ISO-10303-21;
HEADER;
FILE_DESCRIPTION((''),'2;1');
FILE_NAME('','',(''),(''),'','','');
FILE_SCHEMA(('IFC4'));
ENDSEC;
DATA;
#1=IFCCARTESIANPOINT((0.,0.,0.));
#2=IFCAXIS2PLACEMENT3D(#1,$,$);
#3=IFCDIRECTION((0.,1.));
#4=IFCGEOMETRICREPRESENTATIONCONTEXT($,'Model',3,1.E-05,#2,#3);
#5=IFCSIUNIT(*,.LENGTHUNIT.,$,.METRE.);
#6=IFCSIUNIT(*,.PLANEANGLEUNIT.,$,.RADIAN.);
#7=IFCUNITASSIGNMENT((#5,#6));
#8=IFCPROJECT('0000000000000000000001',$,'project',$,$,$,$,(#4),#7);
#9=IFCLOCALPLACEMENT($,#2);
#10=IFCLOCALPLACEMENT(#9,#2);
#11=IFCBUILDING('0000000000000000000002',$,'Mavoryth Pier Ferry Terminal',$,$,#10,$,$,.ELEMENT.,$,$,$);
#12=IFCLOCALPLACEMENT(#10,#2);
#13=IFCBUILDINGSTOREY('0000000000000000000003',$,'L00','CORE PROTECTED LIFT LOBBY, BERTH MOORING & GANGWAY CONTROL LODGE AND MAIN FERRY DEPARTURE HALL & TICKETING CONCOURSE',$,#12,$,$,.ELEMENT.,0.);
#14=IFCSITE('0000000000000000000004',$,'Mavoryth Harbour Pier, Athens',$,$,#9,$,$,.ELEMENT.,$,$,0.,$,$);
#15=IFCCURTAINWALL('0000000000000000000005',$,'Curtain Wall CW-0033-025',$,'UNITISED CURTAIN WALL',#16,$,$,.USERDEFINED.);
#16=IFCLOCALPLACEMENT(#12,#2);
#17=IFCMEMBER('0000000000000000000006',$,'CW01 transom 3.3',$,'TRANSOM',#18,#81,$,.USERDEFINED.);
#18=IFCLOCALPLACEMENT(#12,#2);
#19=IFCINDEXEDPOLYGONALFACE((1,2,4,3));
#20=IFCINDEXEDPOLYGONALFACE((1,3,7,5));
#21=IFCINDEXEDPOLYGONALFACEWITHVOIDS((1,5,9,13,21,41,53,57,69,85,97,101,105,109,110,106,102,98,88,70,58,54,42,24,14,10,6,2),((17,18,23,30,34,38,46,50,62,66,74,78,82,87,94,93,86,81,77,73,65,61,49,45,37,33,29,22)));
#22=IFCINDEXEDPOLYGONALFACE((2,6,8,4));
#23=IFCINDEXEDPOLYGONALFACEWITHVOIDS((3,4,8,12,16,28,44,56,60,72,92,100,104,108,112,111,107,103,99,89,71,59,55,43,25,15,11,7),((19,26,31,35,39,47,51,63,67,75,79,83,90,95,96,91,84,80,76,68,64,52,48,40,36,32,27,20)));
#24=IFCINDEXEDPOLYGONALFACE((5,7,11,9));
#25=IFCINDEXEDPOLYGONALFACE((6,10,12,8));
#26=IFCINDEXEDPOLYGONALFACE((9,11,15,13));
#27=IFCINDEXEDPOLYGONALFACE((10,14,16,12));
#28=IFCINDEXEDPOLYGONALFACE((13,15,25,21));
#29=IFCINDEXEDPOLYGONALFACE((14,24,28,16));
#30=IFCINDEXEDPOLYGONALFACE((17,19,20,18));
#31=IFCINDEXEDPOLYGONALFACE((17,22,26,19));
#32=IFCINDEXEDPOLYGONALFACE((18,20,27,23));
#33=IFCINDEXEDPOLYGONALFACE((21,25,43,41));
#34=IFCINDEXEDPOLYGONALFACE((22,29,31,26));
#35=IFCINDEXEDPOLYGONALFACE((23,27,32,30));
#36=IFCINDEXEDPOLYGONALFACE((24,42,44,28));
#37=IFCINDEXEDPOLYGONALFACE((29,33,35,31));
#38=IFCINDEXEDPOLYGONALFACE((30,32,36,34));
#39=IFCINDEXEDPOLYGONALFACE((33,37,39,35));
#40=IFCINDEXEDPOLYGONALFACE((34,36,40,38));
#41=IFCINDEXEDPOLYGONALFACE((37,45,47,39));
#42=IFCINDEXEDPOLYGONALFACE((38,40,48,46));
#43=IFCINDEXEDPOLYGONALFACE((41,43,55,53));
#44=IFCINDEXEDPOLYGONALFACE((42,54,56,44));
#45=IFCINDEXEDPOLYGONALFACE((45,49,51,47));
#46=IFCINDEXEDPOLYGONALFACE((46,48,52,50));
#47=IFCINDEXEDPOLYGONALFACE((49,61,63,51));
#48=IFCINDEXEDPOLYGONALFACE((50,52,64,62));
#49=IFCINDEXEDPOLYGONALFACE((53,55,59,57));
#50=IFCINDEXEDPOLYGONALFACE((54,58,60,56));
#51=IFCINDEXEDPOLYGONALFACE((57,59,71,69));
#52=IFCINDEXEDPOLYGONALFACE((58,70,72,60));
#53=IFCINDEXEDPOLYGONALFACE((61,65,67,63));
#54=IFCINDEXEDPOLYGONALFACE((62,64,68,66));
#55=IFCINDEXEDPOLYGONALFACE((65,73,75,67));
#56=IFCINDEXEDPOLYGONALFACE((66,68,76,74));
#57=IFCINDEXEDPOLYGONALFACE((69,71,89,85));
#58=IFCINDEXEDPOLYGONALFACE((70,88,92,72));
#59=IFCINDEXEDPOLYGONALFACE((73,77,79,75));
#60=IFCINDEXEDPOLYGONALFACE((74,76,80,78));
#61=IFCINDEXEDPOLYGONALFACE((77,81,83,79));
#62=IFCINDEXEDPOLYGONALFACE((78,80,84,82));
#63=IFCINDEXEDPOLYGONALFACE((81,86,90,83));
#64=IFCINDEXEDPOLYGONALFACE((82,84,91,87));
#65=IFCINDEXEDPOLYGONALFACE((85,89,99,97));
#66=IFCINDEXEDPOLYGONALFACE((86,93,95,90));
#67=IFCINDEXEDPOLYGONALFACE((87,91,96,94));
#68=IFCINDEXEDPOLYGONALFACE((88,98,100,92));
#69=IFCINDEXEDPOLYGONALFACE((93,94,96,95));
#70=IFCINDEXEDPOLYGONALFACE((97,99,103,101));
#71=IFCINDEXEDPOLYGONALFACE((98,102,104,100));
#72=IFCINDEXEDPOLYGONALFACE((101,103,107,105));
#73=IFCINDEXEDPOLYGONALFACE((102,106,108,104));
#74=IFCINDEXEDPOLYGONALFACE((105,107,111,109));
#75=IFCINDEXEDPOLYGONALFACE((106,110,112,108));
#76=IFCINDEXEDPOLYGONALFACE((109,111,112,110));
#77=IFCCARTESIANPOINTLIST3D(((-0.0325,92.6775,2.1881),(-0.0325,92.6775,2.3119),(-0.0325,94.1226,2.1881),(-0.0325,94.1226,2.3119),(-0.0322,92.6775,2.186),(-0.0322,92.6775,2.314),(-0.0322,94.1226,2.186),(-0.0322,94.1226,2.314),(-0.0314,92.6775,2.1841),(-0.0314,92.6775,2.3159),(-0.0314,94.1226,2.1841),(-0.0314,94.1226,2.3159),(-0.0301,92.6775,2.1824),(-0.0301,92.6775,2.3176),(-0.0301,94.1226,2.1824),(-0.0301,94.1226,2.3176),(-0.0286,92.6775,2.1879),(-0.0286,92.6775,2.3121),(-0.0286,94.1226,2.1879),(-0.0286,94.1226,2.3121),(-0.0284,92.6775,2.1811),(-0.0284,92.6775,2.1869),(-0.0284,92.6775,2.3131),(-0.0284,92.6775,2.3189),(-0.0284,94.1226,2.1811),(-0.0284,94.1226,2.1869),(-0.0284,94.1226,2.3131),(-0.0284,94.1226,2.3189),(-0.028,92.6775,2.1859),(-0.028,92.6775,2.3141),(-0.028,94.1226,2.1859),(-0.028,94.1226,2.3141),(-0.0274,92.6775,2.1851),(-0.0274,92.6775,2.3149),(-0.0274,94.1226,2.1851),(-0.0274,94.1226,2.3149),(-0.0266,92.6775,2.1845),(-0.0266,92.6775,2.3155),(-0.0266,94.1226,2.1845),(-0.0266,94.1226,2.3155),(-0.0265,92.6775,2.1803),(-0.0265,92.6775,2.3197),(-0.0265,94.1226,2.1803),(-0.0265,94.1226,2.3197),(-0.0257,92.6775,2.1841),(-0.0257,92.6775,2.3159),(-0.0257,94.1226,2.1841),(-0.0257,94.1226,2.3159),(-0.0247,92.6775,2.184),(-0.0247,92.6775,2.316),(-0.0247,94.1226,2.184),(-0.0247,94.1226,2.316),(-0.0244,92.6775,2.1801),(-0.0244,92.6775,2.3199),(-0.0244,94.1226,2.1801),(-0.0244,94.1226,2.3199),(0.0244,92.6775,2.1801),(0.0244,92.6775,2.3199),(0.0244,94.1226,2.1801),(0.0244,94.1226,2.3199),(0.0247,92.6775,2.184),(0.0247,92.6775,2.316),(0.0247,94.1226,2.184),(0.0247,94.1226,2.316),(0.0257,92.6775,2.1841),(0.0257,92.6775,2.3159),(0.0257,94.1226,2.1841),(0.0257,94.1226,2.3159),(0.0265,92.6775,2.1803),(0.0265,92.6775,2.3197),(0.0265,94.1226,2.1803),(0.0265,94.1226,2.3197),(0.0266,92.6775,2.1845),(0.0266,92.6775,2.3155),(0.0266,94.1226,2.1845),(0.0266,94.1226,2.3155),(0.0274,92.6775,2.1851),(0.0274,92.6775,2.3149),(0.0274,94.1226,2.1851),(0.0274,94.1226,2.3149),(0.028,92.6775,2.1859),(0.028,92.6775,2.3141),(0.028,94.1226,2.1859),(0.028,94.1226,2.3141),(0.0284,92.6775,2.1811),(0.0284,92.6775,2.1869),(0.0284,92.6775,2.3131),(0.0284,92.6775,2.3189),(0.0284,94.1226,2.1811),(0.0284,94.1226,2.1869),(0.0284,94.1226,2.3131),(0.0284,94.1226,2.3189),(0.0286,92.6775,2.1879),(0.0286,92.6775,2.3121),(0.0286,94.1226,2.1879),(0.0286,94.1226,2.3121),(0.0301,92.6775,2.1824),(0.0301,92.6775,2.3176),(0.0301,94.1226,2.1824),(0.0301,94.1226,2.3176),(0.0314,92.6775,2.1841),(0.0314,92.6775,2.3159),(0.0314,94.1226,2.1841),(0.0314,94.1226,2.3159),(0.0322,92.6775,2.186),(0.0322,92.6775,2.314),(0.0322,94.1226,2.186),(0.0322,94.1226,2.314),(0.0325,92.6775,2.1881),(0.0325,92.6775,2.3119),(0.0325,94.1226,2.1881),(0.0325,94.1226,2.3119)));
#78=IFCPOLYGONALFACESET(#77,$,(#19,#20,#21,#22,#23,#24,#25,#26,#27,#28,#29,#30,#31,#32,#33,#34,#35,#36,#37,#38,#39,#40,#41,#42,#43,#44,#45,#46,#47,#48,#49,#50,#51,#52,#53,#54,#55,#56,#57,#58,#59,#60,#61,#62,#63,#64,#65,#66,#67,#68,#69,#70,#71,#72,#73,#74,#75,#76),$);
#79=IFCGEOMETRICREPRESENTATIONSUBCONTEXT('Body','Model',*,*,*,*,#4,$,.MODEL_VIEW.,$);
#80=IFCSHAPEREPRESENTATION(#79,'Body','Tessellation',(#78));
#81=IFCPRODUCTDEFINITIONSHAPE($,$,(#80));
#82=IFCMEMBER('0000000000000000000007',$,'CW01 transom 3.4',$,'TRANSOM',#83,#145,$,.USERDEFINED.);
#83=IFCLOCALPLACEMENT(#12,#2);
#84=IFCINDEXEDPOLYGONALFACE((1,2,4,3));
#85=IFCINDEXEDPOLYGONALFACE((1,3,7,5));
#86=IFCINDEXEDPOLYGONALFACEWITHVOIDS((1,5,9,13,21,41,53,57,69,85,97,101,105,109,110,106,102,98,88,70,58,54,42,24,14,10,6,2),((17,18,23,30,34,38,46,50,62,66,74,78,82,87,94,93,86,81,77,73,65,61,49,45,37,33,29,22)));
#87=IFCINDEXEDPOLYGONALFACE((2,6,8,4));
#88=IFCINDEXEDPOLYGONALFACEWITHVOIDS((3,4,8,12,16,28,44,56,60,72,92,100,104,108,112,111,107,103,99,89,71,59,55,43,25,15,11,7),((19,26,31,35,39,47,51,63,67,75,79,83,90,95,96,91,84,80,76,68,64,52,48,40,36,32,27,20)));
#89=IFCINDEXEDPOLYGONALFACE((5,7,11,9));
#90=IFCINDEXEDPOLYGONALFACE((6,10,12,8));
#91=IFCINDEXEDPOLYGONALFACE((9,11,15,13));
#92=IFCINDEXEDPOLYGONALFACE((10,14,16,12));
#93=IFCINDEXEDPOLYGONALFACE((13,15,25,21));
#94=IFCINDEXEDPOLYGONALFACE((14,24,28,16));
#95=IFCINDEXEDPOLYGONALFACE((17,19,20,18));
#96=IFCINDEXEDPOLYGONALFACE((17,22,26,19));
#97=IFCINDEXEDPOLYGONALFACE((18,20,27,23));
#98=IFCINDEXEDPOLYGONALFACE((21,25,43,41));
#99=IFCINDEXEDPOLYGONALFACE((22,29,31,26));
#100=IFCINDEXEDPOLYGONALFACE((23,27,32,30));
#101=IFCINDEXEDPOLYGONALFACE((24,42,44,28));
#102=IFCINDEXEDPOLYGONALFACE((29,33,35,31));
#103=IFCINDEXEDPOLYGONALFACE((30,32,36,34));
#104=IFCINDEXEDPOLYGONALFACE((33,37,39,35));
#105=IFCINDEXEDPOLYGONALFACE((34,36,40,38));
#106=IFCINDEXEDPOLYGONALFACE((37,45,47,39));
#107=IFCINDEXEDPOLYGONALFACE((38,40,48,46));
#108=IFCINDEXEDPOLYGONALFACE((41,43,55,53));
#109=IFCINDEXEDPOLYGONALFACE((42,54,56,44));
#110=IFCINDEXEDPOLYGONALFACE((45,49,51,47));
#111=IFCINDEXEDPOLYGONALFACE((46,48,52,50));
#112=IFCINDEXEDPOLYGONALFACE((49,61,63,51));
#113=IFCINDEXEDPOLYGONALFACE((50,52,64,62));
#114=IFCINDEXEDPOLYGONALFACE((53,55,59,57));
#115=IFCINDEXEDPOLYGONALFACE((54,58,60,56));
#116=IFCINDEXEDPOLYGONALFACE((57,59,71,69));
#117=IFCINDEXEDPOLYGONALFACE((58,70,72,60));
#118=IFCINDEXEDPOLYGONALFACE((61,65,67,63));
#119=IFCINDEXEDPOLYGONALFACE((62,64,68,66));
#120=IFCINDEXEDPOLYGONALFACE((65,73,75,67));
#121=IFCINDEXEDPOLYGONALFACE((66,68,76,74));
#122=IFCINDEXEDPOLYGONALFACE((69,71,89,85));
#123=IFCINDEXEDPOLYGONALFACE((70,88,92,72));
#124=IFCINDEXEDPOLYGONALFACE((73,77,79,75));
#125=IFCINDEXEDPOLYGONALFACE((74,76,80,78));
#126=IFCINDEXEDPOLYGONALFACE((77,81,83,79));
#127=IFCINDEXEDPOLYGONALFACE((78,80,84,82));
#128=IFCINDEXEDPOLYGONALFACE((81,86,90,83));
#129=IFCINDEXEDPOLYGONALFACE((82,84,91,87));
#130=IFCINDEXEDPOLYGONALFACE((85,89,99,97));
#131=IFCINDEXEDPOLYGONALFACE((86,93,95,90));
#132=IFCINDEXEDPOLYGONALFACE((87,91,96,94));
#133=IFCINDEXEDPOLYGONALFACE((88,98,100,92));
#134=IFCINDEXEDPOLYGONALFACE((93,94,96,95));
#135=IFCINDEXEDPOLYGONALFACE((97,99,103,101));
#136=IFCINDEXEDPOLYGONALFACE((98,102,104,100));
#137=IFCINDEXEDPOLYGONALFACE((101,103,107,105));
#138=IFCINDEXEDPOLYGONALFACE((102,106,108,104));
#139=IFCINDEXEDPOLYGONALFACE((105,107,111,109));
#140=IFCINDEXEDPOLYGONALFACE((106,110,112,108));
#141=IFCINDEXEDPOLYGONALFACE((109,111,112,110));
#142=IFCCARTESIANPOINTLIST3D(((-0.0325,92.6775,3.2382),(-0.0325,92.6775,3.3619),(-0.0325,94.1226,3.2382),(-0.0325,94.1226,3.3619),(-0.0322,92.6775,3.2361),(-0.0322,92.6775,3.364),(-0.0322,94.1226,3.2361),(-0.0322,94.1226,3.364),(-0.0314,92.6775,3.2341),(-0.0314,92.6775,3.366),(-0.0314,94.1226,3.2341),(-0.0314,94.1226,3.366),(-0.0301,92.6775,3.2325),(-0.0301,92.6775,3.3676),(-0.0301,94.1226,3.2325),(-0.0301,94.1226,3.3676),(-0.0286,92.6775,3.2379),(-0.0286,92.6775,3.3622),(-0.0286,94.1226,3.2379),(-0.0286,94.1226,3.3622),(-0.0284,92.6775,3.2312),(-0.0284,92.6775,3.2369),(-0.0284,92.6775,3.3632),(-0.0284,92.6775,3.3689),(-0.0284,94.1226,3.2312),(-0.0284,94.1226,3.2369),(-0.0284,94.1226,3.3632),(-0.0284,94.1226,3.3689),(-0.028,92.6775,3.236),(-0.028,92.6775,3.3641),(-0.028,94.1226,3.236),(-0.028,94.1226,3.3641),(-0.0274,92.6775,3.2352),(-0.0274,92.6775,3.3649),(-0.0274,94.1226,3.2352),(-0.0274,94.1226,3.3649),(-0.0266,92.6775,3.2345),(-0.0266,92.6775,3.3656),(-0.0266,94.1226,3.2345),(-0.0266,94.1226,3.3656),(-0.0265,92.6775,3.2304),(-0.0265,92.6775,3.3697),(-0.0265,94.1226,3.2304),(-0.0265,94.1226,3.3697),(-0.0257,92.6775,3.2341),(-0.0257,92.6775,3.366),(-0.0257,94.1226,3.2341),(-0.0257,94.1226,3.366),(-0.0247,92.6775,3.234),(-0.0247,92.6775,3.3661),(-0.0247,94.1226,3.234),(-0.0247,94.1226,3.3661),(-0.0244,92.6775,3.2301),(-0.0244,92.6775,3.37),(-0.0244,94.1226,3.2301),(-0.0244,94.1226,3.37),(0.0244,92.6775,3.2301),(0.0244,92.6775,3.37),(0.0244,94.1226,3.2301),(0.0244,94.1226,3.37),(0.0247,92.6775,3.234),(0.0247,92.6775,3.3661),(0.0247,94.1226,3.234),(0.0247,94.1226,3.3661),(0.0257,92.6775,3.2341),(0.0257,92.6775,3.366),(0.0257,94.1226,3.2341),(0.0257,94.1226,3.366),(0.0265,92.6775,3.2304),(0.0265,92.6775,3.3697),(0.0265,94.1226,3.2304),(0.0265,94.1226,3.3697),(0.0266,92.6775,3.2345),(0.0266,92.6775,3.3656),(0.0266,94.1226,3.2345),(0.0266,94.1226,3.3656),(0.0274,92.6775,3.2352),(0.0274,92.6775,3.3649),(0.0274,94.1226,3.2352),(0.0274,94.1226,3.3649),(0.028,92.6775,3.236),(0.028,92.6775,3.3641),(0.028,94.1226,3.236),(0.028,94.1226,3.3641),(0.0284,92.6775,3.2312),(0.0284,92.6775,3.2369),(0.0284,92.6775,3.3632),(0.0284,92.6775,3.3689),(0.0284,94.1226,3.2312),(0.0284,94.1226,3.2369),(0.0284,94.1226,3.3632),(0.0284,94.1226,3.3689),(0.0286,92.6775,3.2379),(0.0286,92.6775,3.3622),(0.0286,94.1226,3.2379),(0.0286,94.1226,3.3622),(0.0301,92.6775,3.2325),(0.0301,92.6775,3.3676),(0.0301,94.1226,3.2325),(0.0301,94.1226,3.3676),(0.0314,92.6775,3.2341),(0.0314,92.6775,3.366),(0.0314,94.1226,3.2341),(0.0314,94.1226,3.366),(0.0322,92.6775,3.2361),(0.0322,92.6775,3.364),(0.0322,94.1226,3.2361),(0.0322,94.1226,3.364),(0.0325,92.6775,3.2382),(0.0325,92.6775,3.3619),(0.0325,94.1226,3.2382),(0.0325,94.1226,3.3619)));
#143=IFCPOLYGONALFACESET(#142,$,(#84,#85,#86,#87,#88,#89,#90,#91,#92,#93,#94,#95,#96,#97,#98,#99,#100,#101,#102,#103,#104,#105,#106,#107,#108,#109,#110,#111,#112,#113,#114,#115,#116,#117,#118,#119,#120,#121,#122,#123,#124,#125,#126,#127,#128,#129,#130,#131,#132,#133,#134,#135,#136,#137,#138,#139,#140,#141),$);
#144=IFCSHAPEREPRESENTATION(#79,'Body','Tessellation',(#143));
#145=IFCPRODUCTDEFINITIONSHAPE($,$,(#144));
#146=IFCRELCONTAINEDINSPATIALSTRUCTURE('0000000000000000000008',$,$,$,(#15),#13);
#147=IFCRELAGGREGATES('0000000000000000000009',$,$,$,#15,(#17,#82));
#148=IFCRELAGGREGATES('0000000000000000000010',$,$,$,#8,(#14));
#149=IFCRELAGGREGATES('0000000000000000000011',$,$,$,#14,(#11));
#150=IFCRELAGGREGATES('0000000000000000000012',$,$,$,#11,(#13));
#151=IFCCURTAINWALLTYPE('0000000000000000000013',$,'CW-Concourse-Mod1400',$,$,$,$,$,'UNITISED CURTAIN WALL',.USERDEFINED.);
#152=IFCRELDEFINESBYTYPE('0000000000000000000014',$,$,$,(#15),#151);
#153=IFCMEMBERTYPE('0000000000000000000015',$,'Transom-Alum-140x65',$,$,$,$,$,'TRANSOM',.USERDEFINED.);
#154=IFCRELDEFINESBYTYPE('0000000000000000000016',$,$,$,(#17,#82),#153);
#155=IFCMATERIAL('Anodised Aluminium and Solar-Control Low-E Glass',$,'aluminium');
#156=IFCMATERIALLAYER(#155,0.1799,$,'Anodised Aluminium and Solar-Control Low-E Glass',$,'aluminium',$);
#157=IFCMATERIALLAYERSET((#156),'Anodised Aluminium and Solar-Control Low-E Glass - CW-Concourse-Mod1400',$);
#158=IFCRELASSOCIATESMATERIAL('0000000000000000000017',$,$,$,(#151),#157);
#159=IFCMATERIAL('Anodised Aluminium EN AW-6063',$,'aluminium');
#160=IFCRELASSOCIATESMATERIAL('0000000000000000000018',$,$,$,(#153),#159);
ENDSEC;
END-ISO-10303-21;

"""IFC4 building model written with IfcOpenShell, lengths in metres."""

from ifc_helpers import new_model, si_unit, direction, frame, origin, origin_2d, place, context, subcontext, project, spatial, hollow_rectangle, extrude, material, layer, layer_set, material_profile, profile_set, type_object, element, aggregate, save


model = new_model("IFC4")

# Units and contexts
model_context = context("Model", 3, precision=1e-05, world=origin(), true_north=direction((0.0, 1.0)))
body_context = subcontext(model_context, "Body", "Model", "MODEL_VIEW")
ifc_project = project(units=[si_unit("LENGTHUNIT", "METRE"), si_unit("PLANEANGLEUNIT", "RADIAN")], contexts=[model_context])

# Site, building, storey
site_placement = place(None, origin())
site = spatial("IfcSite", under=ifc_project, at=site_placement, Name="Mavoryth Harbour Pier, Athens", CompositionType="ELEMENT", RefElevation=0.0)
building_placement = place(site_placement, origin())
building = spatial("IfcBuilding", under=site, at=building_placement, Name="Mavoryth Pier Ferry Terminal", CompositionType="ELEMENT")
storey_placement = place(building_placement, origin())
storey = spatial("IfcBuildingStorey", under=building, at=storey_placement, Name="L00", Description="CORE PROTECTED LIFT LOBBY, BERTH MOORING & GANGWAY CONTROL LODGE AND MAIN FERRY DEPARTURE HALL & TICKETING CONCOURSE", CompositionType="ELEMENT", Elevation=0.0)

# Curtain wall, members
ifc_material_1 = material(Name="Anodised Aluminium and Solar-Control Low-E Glass", Category="aluminium")
ifc_layer_1 = layer(ifc_material_1, 0.1799, Name="Anodised Aluminium and Solar-Control Low-E Glass", Category="aluminium")
ifc_layer_set_1 = layer_set([ifc_layer_1], Name="Anodised Aluminium and Solar-Control Low-E Glass - CW-Concourse-Mod1400")
curtain_wall_type = type_object("IfcCurtainWallType", Name="CW-Concourse-Mod1400", ElementType="UNITISED CURTAIN WALL", PredefinedType="USERDEFINED", material=ifc_layer_set_1)
curtain_wall_placement = place(storey_placement, origin())
curtain_wall = element("IfcCurtainWall", 1, at=curtain_wall_placement, inside=storey, type_object=curtain_wall_type, Name="Curtain Wall CW-0033-025", ObjectType="UNITISED CURTAIN WALL", PredefinedType="USERDEFINED")
ifc_material_2 = material(Name="Anodised Aluminium EN AW-6063", Category="aluminium")
ifc_material_profile_1 = material_profile(ifc_material_2, hollow_rectangle(XDim=0.0649, YDim=0.1399, WallThickness=0.0039, InnerFilletRadius=0.0039, OuterFilletRadius=0.0081, at=origin_2d()), Name="AL-TRAN 140x65x4", Category="aluminium")
ifc_profile_set_1 = profile_set([ifc_material_profile_1], Name="Anodised Aluminium EN AW-6063 - AL-TRAN 140x65x4")
member_type_1 = type_object("IfcMemberType", Name="Transom-Alum-140x65", ElementType="TRANSOM", PredefinedType="USERDEFINED", material=ifc_profile_set_1)
member_1_placement = place(storey_placement, frame((0.0, 94.1226, 2.25), z_axis=(0.0, -1.0, 0.0), x_axis=(1.0, 0.0, 0.0)))
member_1 = element("IfcMember", 2, at=member_1_placement, type_object=member_type_1, Name="CW01 transom 3.3", ObjectType="TRANSOM", PredefinedType="USERDEFINED", context=body_context, shape_type="SweptSolid", body=[
    extrude(hollow_rectangle(XDim=0.0649, YDim=0.1399, WallThickness=0.0039, InnerFilletRadius=0.0039, OuterFilletRadius=0.0081, at=origin_2d()), origin(), (0.0, 0.0, 1.0), 1.4451),
])
member_2_placement = place(storey_placement, frame((0.0, 94.1226, 3.3), z_axis=(0.0, -1.0, 0.0), x_axis=(1.0, 0.0, 0.0)))
member_2 = element("IfcMember", 3, at=member_2_placement, type_object=member_type_1, Name="CW01 transom 3.4", ObjectType="TRANSOM", PredefinedType="USERDEFINED", context=body_context, shape_type="SweptSolid", body=[
    extrude(hollow_rectangle(XDim=0.0649, YDim=0.1399, WallThickness=0.0039, InnerFilletRadius=0.0039, OuterFilletRadius=0.0081, at=origin_2d()), origin(), (0.0, 0.0, 1.0), 1.4451),
])
aggregate(curtain_wall, [member_1, member_2])

save(model, "model.ifc")
